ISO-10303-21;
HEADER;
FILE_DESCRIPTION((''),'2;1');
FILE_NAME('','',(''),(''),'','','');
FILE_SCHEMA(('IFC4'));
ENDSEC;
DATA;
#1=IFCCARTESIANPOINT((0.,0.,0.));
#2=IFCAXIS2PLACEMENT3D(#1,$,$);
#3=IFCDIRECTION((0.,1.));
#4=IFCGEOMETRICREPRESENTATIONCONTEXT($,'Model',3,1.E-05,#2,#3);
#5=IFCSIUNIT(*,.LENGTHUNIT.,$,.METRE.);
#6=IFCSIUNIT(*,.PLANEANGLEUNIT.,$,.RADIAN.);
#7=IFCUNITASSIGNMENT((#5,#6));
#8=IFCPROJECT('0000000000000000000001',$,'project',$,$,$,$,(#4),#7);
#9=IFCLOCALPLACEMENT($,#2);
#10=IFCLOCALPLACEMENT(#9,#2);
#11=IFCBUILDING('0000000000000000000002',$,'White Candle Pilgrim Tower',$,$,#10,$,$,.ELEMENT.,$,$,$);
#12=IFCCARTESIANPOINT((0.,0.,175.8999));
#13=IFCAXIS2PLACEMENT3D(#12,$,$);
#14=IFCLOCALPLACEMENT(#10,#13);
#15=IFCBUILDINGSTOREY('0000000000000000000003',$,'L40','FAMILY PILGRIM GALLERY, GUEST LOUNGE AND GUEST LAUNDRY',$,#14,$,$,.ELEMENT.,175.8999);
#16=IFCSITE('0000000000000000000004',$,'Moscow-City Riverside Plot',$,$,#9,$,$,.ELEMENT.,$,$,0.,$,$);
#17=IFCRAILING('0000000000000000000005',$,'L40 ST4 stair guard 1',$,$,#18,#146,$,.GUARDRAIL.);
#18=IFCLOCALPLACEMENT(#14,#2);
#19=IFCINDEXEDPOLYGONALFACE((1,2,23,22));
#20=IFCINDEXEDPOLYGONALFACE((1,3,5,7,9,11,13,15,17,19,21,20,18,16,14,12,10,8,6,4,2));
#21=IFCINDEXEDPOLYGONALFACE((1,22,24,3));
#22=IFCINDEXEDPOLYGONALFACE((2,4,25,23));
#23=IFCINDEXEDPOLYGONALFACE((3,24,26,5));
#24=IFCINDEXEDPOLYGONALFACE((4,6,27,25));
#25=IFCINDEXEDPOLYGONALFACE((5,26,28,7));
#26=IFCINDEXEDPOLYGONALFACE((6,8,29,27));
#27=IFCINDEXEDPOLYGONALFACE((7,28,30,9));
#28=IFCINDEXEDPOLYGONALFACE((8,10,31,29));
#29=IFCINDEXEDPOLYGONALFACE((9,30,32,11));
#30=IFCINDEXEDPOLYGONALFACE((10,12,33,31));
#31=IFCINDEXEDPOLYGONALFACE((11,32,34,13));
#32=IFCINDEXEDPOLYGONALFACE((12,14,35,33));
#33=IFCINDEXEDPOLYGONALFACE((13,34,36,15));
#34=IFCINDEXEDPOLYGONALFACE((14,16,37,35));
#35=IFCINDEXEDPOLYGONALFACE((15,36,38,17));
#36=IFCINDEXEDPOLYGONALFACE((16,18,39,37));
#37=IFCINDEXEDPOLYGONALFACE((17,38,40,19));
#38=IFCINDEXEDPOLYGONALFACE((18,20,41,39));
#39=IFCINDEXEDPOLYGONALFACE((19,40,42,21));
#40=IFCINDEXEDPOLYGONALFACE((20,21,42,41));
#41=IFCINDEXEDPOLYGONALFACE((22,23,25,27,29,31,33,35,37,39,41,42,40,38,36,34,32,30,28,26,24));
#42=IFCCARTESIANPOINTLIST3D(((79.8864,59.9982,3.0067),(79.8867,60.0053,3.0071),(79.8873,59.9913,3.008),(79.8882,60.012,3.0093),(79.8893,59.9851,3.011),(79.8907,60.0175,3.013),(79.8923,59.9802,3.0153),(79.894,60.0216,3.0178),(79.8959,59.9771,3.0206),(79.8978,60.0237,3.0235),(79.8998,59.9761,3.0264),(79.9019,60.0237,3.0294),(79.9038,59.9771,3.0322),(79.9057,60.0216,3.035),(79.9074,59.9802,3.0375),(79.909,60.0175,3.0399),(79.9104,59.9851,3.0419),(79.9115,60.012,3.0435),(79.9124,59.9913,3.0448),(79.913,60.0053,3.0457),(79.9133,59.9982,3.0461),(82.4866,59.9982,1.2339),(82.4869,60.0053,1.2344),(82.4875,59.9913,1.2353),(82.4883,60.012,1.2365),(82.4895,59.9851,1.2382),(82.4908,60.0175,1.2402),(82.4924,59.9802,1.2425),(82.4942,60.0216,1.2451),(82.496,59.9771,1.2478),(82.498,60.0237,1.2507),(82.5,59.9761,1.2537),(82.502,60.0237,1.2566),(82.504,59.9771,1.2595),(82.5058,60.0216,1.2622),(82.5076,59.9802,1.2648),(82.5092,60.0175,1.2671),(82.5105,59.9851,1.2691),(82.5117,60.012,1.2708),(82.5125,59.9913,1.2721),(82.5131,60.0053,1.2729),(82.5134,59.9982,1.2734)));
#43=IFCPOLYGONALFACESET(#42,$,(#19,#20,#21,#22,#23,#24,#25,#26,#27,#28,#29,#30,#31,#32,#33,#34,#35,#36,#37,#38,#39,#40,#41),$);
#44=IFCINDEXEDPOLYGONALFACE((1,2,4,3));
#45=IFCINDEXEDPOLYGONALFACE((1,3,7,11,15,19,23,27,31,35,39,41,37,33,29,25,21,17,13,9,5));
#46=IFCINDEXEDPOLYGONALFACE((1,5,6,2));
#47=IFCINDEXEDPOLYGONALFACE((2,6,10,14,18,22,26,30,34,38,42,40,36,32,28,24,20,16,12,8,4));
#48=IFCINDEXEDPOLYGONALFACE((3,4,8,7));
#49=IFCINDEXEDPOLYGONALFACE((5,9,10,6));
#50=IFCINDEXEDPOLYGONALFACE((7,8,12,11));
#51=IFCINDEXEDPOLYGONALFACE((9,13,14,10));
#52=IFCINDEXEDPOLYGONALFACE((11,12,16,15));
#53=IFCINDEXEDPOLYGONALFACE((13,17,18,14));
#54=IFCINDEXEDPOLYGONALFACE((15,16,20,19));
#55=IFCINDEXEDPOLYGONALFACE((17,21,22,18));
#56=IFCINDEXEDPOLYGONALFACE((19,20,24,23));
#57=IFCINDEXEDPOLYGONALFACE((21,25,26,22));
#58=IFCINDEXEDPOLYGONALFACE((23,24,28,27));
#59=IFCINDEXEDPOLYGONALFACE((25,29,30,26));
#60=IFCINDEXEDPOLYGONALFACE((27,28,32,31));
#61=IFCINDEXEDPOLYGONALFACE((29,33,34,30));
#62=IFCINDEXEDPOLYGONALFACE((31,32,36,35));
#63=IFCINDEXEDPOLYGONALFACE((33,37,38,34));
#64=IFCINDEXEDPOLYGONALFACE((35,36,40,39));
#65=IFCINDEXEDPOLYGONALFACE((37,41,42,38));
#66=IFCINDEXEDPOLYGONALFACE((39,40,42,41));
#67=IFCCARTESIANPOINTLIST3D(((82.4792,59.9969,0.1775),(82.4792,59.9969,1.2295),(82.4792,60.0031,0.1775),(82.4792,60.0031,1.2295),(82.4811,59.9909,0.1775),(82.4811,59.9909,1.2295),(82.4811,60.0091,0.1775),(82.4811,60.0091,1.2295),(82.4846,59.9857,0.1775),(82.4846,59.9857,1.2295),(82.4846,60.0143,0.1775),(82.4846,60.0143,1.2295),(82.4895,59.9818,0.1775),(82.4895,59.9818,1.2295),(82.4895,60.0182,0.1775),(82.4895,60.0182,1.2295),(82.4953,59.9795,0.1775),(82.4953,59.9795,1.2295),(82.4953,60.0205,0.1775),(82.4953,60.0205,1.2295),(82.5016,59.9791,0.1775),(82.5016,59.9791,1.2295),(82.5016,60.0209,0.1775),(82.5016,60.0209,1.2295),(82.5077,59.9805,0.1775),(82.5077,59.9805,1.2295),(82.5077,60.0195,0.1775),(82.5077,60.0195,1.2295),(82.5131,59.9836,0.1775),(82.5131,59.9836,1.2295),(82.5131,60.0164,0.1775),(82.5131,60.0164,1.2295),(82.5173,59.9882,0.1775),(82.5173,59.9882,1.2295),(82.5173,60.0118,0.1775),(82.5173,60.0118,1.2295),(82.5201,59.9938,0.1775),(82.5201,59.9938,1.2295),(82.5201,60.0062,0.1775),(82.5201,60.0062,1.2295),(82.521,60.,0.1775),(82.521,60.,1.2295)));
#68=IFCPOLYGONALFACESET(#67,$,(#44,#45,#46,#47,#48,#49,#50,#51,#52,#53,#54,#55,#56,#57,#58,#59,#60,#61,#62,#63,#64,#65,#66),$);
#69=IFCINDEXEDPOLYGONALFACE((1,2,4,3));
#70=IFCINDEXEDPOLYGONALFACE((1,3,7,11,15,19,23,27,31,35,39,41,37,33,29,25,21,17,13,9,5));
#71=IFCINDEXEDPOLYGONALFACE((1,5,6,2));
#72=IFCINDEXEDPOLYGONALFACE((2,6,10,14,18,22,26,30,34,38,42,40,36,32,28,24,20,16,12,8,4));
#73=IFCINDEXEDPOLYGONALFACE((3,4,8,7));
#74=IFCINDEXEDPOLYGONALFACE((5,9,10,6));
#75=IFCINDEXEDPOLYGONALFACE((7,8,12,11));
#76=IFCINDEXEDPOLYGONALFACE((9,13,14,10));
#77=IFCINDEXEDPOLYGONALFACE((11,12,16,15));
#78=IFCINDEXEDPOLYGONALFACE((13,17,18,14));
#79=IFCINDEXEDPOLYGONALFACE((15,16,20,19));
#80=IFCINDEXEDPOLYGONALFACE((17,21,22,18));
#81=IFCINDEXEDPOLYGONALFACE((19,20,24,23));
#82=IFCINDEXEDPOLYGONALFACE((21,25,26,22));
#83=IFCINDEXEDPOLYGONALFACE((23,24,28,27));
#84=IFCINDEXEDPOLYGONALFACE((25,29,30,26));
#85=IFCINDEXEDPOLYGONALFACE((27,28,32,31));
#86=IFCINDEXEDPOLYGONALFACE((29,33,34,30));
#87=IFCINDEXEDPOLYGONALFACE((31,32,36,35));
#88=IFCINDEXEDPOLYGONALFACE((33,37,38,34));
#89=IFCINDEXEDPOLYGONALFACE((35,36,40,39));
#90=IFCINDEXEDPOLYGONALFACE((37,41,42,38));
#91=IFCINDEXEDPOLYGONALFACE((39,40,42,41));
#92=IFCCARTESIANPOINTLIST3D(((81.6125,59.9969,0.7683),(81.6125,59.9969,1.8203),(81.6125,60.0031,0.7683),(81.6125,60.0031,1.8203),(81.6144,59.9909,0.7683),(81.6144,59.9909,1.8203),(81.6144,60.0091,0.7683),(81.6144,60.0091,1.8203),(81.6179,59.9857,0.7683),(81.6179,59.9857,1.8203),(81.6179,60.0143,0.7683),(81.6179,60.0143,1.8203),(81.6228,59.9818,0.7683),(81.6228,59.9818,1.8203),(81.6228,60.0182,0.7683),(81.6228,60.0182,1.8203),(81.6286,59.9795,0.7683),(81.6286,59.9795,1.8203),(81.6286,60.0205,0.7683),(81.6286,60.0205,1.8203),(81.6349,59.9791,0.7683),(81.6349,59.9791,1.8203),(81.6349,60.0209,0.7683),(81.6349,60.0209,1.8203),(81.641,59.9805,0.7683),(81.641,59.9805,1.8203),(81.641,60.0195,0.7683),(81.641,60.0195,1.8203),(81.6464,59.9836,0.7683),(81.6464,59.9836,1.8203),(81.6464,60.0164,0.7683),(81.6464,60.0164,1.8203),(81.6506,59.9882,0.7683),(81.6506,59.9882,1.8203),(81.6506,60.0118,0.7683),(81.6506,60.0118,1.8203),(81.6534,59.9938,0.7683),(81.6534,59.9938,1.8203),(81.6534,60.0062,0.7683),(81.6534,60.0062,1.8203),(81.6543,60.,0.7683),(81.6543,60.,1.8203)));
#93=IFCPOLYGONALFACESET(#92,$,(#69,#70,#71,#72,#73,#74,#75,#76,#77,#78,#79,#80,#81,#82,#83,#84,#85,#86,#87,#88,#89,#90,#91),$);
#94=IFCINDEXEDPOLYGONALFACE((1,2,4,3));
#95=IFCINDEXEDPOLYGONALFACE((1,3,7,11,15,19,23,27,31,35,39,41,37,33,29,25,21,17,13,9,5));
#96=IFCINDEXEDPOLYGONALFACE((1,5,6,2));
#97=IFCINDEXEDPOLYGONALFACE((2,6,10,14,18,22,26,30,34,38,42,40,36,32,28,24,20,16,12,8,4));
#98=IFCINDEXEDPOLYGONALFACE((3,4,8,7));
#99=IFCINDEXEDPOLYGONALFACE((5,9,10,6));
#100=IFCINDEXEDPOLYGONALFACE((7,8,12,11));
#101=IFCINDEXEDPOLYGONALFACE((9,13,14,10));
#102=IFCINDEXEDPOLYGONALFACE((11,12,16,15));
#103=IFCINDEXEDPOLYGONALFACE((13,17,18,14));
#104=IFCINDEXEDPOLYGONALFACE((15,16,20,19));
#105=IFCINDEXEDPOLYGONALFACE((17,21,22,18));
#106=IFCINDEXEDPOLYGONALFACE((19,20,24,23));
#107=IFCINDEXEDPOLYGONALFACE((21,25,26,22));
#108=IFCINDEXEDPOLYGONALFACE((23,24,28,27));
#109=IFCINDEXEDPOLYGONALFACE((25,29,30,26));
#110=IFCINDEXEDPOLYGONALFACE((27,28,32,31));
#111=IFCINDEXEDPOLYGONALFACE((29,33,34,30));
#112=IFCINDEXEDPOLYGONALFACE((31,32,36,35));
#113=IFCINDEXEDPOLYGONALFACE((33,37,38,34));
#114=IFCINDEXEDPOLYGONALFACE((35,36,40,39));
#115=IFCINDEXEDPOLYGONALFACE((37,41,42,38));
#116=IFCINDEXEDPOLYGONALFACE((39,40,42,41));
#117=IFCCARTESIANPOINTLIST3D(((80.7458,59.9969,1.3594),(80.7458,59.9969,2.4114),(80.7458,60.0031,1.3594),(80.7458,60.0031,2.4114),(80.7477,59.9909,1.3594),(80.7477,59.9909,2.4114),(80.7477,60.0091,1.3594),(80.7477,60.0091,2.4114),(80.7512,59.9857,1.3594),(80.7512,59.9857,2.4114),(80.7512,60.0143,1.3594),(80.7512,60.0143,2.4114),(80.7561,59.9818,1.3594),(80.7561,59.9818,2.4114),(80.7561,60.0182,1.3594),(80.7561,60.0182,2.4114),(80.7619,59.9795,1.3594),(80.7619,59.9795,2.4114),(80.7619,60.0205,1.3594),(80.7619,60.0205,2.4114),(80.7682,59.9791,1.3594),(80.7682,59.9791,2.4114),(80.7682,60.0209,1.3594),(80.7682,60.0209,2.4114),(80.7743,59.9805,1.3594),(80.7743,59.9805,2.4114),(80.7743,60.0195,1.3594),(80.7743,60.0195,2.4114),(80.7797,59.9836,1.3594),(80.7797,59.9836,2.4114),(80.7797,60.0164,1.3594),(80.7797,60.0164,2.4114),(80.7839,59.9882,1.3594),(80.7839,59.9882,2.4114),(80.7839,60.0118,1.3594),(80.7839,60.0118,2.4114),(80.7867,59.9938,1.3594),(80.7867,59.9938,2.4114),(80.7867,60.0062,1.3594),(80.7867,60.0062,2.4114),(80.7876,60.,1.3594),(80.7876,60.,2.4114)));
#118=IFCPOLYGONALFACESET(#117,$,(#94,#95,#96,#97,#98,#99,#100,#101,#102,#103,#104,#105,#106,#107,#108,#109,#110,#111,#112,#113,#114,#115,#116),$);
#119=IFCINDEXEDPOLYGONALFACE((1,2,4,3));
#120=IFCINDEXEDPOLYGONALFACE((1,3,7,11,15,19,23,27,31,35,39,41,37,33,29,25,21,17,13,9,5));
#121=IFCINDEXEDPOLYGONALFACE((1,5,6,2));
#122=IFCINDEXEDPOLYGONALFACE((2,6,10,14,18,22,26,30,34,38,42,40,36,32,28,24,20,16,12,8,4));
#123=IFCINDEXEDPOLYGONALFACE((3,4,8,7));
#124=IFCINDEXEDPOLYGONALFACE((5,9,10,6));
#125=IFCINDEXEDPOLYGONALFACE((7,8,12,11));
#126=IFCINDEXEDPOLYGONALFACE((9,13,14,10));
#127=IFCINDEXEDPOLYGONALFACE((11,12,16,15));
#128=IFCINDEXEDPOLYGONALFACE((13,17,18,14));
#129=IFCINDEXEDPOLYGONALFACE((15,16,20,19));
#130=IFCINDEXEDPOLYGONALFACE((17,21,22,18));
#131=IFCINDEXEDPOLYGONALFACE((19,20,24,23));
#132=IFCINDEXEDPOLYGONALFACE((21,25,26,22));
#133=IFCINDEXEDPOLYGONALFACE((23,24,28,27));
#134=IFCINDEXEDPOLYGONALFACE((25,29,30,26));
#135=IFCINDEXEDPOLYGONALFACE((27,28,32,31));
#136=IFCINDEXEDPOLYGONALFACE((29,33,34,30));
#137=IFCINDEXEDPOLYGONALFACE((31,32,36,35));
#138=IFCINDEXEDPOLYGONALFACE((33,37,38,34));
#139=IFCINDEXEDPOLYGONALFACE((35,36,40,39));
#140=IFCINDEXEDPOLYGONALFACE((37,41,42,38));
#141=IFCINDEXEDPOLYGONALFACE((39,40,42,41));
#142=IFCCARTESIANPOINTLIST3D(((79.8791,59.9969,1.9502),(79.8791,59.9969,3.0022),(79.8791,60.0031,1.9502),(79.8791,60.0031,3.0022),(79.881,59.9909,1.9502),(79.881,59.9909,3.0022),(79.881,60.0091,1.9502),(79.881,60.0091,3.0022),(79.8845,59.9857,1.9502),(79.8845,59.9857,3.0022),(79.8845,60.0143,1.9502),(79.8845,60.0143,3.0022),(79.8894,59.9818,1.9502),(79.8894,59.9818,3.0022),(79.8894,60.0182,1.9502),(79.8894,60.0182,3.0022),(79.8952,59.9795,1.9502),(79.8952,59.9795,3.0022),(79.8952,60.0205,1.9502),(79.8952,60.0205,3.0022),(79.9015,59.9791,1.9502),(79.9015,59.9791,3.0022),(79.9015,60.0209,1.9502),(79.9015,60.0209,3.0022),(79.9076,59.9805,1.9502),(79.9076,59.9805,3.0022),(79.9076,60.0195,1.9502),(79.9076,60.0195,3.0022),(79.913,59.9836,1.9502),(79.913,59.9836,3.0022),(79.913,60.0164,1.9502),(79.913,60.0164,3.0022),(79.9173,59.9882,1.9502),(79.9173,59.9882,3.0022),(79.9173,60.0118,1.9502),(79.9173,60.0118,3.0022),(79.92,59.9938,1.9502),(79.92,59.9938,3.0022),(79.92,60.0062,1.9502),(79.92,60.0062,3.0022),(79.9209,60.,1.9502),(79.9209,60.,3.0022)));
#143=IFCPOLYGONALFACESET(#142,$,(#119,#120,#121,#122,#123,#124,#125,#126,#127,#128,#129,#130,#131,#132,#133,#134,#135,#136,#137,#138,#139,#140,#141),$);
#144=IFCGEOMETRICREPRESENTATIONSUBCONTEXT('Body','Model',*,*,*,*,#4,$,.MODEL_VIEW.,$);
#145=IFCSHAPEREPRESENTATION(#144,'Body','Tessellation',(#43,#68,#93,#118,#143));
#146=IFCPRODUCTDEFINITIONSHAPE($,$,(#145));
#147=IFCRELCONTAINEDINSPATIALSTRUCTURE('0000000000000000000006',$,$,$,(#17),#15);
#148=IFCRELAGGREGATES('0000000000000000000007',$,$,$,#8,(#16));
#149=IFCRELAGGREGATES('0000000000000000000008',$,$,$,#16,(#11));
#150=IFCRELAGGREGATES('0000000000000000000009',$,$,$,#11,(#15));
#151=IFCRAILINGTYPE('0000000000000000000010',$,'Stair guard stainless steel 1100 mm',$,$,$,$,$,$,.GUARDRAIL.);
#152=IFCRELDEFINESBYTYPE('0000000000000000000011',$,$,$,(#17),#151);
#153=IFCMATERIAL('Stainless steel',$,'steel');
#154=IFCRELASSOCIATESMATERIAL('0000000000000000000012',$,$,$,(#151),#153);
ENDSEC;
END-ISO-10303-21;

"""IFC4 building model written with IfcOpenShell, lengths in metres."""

from ifc_helpers import new_model, si_unit, direction, frame, origin, origin_2d, place, context, subcontext, project, spatial, circle, extrude, material, type_object, element, save


model = new_model("IFC4")

# Units and contexts
model_context = context("Model", 3, precision=1e-05, world=origin(), true_north=direction((0.0, 1.0)))
body_context = subcontext(model_context, "Body", "Model", "MODEL_VIEW")
ifc_project = project(units=[si_unit("LENGTHUNIT", "METRE"), si_unit("PLANEANGLEUNIT", "RADIAN")], contexts=[model_context])

# Site, building, storey
site_placement = place(None, origin())
site = spatial("IfcSite", under=ifc_project, at=site_placement, Name="Moscow-City Riverside Plot", CompositionType="ELEMENT", RefElevation=0.0)
building_placement = place(site_placement, origin())
building = spatial("IfcBuilding", under=site, at=building_placement, Name="White Candle Pilgrim Tower", CompositionType="ELEMENT")
storey_placement = place(building_placement, frame((0.0, 0.0, 175.8999)))
storey = spatial("IfcBuildingStorey", under=building, at=storey_placement, Name="L40", Description="FAMILY PILGRIM GALLERY, GUEST LOUNGE AND GUEST LAUNDRY", CompositionType="ELEMENT", Elevation=175.8999)

# Railing
ifc_material_1 = material(Name="Stainless steel", Category="steel")
railing_type_1 = type_object("IfcRailingType", Name="Stair guard stainless steel 1100 mm", PredefinedType="GUARDRAIL", material=ifc_material_1)
railing_1_placement = place(storey_placement, frame((82.5, 60.0, 0.1775)))
element("IfcRailing", 1, at=railing_1_placement, inside=storey, type_object=railing_type_1, Name="L40 ST4 stair guard 1", PredefinedType="GUARDRAIL", context=body_context, shape_type="SweptSolid", body=[
    extrude(circle(Radius=0.0239, at=origin_2d()), frame((0.0, 0.0, 1.0762), z_axis=(-0.82624, 0.0, 0.563318), x_axis=(0.0, -1.0, 0.0)), (0.0, 0.0, 1.0), 3.147),
    extrude(circle(Radius=0.021, at=origin_2d()), origin(), (0.0, 0.0, 1.0), 1.052),
    extrude(circle(Radius=0.021, at=origin_2d()), frame((-0.8667, 0.0, 0.5908)), (0.0, 0.0, 1.0), 1.052),
    extrude(circle(Radius=0.021, at=origin_2d()), frame((-1.7334, 0.0, 1.1819)), (0.0, 0.0, 1.0), 1.052),
    extrude(circle(Radius=0.021, at=origin_2d()), frame((-2.6001, 0.0, 1.7727)), (0.0, 0.0, 1.0), 1.052),
])

save(model, "model.ifc")
